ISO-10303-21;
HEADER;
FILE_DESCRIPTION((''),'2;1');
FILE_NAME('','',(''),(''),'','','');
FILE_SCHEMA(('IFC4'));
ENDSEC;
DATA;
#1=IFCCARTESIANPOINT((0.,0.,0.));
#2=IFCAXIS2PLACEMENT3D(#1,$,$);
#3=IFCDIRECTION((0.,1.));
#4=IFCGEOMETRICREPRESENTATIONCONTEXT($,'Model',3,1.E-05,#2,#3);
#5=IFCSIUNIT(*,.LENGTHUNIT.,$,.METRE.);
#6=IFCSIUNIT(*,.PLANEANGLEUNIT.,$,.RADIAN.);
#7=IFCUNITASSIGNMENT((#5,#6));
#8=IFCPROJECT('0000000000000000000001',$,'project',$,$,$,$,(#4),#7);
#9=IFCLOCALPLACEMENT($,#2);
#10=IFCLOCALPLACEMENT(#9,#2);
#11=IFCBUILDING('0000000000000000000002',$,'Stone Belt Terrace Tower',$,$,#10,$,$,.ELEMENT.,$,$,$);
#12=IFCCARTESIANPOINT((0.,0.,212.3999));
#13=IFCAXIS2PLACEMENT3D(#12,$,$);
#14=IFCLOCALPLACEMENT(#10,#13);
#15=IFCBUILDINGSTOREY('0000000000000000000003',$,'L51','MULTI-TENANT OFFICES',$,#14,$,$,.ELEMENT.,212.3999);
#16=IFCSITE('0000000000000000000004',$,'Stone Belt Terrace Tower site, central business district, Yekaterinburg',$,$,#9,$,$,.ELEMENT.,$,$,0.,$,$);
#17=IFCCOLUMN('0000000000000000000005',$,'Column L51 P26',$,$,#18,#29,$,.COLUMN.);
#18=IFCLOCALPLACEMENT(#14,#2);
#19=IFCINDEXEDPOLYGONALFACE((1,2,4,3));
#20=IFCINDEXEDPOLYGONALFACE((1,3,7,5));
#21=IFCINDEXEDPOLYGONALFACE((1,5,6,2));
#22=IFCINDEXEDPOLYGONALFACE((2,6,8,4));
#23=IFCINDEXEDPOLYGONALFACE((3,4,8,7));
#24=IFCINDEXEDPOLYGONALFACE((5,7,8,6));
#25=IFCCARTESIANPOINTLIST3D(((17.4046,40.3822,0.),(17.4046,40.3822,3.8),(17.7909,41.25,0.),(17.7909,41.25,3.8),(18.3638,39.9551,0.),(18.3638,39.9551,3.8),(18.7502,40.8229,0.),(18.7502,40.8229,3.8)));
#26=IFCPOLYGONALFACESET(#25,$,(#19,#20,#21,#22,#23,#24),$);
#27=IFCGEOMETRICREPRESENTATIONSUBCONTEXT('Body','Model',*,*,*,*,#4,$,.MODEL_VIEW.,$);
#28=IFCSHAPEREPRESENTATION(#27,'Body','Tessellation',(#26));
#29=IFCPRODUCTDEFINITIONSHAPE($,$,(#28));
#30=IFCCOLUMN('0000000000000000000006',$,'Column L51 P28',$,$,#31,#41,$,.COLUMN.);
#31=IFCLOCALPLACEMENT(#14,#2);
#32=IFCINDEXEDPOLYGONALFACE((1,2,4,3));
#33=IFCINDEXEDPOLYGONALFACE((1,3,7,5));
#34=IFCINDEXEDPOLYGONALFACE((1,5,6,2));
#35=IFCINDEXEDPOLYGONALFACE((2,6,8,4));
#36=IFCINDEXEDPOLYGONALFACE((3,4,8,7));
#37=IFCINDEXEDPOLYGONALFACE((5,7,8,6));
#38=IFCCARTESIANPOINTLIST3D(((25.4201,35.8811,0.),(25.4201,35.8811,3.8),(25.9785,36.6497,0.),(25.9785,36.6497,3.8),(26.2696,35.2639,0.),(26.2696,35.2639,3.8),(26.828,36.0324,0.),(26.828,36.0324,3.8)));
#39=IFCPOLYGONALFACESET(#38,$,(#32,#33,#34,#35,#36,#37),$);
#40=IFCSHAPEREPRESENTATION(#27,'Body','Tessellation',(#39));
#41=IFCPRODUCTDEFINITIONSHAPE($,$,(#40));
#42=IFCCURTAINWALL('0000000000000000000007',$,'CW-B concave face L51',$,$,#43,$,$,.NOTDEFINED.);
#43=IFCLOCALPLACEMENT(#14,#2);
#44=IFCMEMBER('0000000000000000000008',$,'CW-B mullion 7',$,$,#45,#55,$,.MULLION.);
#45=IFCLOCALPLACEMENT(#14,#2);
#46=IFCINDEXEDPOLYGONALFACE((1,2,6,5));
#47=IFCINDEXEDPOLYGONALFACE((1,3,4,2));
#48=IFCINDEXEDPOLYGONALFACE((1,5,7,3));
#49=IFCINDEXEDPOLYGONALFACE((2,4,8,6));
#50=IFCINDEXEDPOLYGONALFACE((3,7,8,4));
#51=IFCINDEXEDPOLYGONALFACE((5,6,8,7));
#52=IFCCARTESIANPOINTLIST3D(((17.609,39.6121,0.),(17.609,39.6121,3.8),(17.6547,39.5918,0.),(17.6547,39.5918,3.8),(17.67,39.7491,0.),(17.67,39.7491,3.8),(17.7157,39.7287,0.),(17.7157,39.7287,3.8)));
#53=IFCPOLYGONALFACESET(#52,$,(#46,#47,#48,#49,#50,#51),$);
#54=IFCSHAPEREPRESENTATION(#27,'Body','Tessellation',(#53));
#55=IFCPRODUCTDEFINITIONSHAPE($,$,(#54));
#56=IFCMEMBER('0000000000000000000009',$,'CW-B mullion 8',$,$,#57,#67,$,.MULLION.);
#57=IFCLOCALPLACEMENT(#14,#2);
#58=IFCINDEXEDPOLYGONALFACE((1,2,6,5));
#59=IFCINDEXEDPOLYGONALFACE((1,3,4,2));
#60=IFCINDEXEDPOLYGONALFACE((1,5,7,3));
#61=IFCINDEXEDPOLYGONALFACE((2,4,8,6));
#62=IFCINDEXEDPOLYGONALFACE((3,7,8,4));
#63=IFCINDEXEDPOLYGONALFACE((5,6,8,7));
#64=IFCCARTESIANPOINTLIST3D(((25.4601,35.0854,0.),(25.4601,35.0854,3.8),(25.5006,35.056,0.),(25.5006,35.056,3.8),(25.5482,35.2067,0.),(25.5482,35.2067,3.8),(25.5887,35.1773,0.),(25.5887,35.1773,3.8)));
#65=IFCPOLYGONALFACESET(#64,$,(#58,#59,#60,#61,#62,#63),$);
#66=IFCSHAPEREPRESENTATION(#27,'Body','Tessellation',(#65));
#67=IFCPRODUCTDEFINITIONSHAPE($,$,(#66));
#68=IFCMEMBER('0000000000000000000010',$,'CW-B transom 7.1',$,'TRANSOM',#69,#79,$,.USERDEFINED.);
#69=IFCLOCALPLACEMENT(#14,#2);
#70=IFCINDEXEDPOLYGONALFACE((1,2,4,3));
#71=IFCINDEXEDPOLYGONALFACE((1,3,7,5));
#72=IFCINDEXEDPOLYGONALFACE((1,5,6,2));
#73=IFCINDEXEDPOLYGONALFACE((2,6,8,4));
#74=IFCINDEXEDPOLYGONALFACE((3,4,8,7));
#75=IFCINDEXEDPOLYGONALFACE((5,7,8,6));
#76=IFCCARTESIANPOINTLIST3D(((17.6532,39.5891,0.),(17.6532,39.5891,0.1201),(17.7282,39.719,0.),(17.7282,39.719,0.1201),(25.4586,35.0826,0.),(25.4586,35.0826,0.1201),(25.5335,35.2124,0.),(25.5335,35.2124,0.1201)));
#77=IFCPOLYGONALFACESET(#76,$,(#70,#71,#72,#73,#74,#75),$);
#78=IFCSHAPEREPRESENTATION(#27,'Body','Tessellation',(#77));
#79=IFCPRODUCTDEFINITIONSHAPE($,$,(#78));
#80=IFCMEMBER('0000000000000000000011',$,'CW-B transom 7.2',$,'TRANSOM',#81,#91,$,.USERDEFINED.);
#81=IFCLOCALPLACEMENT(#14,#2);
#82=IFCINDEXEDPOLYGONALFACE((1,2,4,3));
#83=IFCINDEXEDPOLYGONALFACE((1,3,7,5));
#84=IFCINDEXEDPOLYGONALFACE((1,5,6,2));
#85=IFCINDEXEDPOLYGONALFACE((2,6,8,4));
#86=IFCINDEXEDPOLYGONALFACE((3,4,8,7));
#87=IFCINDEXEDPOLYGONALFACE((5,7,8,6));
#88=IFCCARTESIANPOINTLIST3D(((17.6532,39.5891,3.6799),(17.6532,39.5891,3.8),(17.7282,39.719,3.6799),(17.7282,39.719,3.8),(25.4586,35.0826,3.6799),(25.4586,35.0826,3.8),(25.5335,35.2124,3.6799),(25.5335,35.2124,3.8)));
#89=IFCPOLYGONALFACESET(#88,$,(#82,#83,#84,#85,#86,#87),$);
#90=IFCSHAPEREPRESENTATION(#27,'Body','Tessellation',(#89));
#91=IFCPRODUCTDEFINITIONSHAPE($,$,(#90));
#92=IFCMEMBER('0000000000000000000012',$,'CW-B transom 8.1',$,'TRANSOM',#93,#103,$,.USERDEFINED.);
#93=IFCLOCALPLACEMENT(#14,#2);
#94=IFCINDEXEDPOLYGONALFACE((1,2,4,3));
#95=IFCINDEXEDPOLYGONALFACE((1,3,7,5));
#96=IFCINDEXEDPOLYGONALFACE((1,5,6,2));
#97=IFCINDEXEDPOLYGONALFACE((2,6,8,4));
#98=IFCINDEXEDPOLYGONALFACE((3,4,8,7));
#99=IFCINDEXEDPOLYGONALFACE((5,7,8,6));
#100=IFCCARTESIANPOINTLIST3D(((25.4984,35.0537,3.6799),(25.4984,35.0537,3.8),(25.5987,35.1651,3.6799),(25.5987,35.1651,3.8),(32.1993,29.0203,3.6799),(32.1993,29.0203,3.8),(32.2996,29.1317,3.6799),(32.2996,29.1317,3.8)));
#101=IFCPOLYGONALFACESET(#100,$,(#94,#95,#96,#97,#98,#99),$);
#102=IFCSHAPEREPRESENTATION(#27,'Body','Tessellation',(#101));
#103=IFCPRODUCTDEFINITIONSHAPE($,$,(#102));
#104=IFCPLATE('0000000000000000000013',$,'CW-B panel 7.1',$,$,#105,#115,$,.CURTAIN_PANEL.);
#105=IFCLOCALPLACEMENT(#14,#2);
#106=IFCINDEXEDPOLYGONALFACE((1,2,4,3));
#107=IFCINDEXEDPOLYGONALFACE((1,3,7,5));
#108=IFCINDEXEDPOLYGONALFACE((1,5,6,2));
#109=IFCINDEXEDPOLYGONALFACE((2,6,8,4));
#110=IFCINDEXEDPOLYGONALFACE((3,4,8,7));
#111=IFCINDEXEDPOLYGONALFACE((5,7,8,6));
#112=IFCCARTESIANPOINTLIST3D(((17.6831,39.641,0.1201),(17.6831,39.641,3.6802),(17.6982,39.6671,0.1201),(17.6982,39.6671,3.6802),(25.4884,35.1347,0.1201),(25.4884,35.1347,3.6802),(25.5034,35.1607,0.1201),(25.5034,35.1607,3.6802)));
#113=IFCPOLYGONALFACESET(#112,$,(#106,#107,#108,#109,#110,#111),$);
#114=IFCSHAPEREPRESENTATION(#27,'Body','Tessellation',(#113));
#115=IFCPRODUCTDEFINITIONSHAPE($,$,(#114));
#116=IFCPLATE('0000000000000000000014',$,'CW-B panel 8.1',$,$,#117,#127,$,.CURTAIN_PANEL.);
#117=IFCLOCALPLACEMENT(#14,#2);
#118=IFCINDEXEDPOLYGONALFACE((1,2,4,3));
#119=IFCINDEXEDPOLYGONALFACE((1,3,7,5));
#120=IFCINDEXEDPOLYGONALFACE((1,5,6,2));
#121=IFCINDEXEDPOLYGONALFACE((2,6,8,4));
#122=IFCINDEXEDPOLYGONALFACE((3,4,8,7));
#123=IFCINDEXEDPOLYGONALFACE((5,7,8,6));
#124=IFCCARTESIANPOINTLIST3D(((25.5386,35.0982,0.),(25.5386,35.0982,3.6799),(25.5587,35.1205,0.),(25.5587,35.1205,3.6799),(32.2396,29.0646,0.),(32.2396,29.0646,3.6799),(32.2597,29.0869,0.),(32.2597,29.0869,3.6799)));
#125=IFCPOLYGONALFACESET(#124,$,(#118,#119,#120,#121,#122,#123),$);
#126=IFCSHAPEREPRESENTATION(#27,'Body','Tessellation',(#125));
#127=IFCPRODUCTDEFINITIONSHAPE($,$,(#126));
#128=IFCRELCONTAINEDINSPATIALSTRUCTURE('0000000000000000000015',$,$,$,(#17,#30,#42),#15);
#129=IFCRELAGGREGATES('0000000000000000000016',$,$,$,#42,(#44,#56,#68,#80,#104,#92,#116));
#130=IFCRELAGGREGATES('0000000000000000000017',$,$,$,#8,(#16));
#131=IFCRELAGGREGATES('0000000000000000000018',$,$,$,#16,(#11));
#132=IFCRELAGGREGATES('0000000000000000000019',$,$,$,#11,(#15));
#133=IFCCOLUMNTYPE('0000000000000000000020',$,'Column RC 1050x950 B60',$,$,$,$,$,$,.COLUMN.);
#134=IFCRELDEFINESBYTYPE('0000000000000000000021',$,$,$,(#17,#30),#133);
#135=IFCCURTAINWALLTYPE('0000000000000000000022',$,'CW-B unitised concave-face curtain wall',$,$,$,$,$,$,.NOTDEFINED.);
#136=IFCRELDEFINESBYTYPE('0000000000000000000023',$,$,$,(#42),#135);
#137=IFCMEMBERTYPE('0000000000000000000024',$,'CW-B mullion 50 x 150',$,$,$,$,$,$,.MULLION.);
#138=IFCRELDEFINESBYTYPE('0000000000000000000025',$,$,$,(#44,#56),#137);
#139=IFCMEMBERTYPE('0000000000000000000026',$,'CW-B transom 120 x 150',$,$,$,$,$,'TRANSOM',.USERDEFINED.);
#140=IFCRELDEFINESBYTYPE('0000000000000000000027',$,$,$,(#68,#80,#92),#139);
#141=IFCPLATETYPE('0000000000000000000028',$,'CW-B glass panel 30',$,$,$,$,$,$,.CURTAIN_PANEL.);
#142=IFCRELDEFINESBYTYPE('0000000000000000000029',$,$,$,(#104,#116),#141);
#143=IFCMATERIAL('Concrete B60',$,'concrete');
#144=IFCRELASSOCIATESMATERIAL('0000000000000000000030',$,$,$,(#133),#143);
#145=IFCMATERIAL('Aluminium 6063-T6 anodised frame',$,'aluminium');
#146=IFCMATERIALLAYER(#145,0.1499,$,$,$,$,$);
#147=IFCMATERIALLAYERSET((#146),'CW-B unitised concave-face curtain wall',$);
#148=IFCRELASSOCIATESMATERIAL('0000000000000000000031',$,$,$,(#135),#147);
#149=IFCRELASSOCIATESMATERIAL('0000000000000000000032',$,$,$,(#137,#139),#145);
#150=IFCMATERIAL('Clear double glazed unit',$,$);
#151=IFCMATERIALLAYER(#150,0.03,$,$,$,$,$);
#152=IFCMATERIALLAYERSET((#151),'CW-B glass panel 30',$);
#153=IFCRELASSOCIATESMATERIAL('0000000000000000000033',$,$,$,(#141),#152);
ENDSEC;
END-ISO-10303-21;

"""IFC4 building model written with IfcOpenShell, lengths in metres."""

from ifc_helpers import new_model, si_unit, direction, frame, origin, origin_2d, place, context, subcontext, project, spatial, rectangle, extrude, material, layer, layer_set, material_profile, profile_set, type_object, element, aggregate, save


model = new_model("IFC4")

# Units and contexts
model_context = context("Model", 3, precision=1e-05, world=origin(), true_north=direction((0.0, 1.0)))
body_context = subcontext(model_context, "Body", "Model", "MODEL_VIEW")
ifc_project = project(units=[si_unit("LENGTHUNIT", "METRE"), si_unit("PLANEANGLEUNIT", "RADIAN")], contexts=[model_context])

# Site, building, storey
site_placement = place(None, origin())
site = spatial("IfcSite", under=ifc_project, at=site_placement, Name="Stone Belt Terrace Tower site, central business district, Yekaterinburg", CompositionType="ELEMENT", RefElevation=0.0)
building_placement = place(site_placement, origin())
building = spatial("IfcBuilding", under=site, at=building_placement, Name="Stone Belt Terrace Tower", CompositionType="ELEMENT")
storey_placement = place(building_placement, frame((0.0, 0.0, 212.3999)))
storey = spatial("IfcBuildingStorey", under=building, at=storey_placement, Name="L51", Description="MULTI-TENANT OFFICES", CompositionType="ELEMENT", Elevation=212.3999)

# Columns
ifc_material_1 = material(Name="Concrete B60", Category="concrete")
ifc_material_profile_1 = material_profile(ifc_material_1, rectangle(XDim=1.05, YDim=0.95, at=origin_2d()), Name="RC 1050x950")
ifc_profile_set_1 = profile_set([ifc_material_profile_1], Name="Concrete B60")
column_type = type_object("IfcColumnType", Name="Column RC 1050x950 B60", PredefinedType="COLUMN", material=ifc_profile_set_1)
for number, where, z_axis, x_axis, name in (
    (1, (18.0774, 40.6025, 0.0), (0.0, 0.0, 1.0), (0.913545, -0.406737, 0.0), "Column L51 P26"),
    (2, (26.124, 35.9568, 0.0), (0.0, 0.0, 1.0), (0.809017, -0.587785, 0.0), "Column L51 P28"),
):
    element("IfcColumn", number, at=place(storey_placement, frame(where, z_axis=z_axis, x_axis=x_axis)), inside=storey, type_object=column_type, Name=name, PredefinedType="COLUMN", context=body_context, shape_type="SweptSolid", body=[
        extrude(rectangle(XDim=1.05, YDim=0.95, at=origin_2d()), origin(), (0.0, 0.0, 1.0), 3.8),
    ])

# Curtain wall, members, plates
ifc_material_2 = material(Name="Aluminium 6063-T6 anodised frame", Category="aluminium")
ifc_layer_1 = layer(ifc_material_2, 0.1499)
ifc_layer_set_1 = layer_set([ifc_layer_1], Name="CW-B unitised concave-face curtain wall")
curtain_wall_type = type_object("IfcCurtainWallType", Name="CW-B unitised concave-face curtain wall", PredefinedType="NOTDEFINED", material=ifc_layer_set_1)
curtain_wall_placement = place(storey_placement, origin())
curtain_wall = element("IfcCurtainWall", 3, at=curtain_wall_placement, inside=storey, type_object=curtain_wall_type, Name="CW-B concave face L51", PredefinedType="NOTDEFINED")
ifc_material_profile_2 = material_profile(ifc_material_2, rectangle(XDim=0.1499, YDim=0.05, at=origin_2d()), Name="Aluminium 6063-T6 50x150")
ifc_profile_set_2 = profile_set([ifc_material_profile_2], Name="Aluminium 6063-T6 anodised frame")
member_type_1 = type_object("IfcMemberType", Name="CW-B mullion 50 x 150", PredefinedType="MULLION", material=ifc_profile_set_2)
member_1_placement = place(storey_placement, frame((17.6624, 39.6704, 0.0), z_axis=(0.0, 0.0, 1.0), x_axis=(0.406737, 0.913545, 0.0)))
member_1 = element("IfcMember", 4, at=member_1_placement, type_object=member_type_1, Name="CW-B mullion 7", PredefinedType="MULLION", context=body_context, shape_type="SweptSolid", body=[
    extrude(rectangle(XDim=0.1499, YDim=0.05, at=origin_2d()), origin(), (0.0, 0.0, 1.0), 3.8),
])
member_2_placement = place(storey_placement, frame((25.5244, 35.1313, 0.0), z_axis=(0.0, 0.0, 1.0), x_axis=(0.587785, 0.809017, 0.0)))
member_2 = element("IfcMember", 5, at=member_2_placement, type_object=member_type_1, Name="CW-B mullion 8", PredefinedType="MULLION", context=body_context, shape_type="SweptSolid", body=[
    extrude(rectangle(XDim=0.1499, YDim=0.05, at=origin_2d()), origin(), (0.0, 0.0, 1.0), 3.8),
])
ifc_material_profile_3 = material_profile(ifc_material_2, rectangle(XDim=0.1499, YDim=0.1201, at=origin_2d()), Name="Aluminium 6063-T6 150x120")
ifc_profile_set_3 = profile_set([ifc_material_profile_3], Name="Aluminium 6063-T6 anodised frame")
member_type_2 = type_object("IfcMemberType", Name="CW-B transom 120 x 150", ElementType="TRANSOM", PredefinedType="USERDEFINED", material=ifc_profile_set_3)
member_3_placement = place(storey_placement, frame((17.6907, 39.6541, 0.0601), z_axis=(0.866019, -0.500011, 0.0), x_axis=(0.500011, 0.866019, 0.0)))
member_3 = element("IfcMember", 6, at=member_3_placement, type_object=member_type_2, Name="CW-B transom 7.1", ObjectType="TRANSOM", PredefinedType="USERDEFINED", context=body_context, shape_type="SweptSolid", body=[
    extrude(rectangle(XDim=0.1499, YDim=0.1201, at=origin_2d()), origin(), (0.0, 0.0, 1.0), 9.0129),
])
member_4_placement = place(storey_placement, frame((17.6907, 39.6541, 3.74), z_axis=(0.866019, -0.500011, 0.0), x_axis=(0.500011, 0.866019, 0.0)))
member_4 = element("IfcMember", 7, at=member_4_placement, type_object=member_type_2, Name="CW-B transom 7.2", ObjectType="TRANSOM", PredefinedType="USERDEFINED", context=body_context, shape_type="SweptSolid", body=[
    extrude(rectangle(XDim=0.1499, YDim=0.1201, at=origin_2d()), origin(), (0.0, 0.0, 1.0), 9.0129),
])
member_5_placement = place(storey_placement, frame((25.5486, 35.1094, 3.74), z_axis=(0.74315, -0.669125, 0.0), x_axis=(0.669125, 0.74315, 0.0)))
member_5 = element("IfcMember", 8, at=member_5_placement, type_object=member_type_2, Name="CW-B transom 8.1", ObjectType="TRANSOM", PredefinedType="USERDEFINED", context=body_context, shape_type="SweptSolid", body=[
    extrude(rectangle(XDim=0.1499, YDim=0.1201, at=origin_2d()), origin(), (0.0, 0.0, 1.0), 9.0168),
])
ifc_material_3 = material(Name="Clear double glazed unit")
ifc_layer_2 = layer(ifc_material_3, 0.03)
ifc_layer_set_2 = layer_set([ifc_layer_2], Name="CW-B glass panel 30")
plate_type = type_object("IfcPlateType", Name="CW-B glass panel 30", PredefinedType="CURTAIN_PANEL", material=ifc_layer_set_2)
plate_1_placement = place(storey_placement, frame((21.5933, 37.4009, 0.1201), z_axis=(0.0, 0.0, 1.0), x_axis=(0.866025, -0.5, 0.0)))
plate_1 = element("IfcPlate", 9, at=plate_1_placement, type_object=plate_type, Name="CW-B panel 7.1", PredefinedType="CURTAIN_PANEL", context=body_context, shape_type="SweptSolid", body=[
    extrude(rectangle(XDim=9.0127, YDim=0.03, at=origin_2d()), origin(), (0.0, 0.0, 1.0), 3.5601),
])
plate_2_placement = place(storey_placement, frame((28.8992, 32.0925, 0.0), z_axis=(0.0, 0.0, 1.0), x_axis=(0.743145, -0.669131, 0.0)))
plate_2 = element("IfcPlate", 10, at=plate_2_placement, type_object=plate_type, Name="CW-B panel 8.1", PredefinedType="CURTAIN_PANEL", context=body_context, shape_type="SweptSolid", body=[
    extrude(rectangle(XDim=9.0171, YDim=0.03, at=origin_2d()), origin(), (0.0, 0.0, 1.0), 3.6799),
])
aggregate(curtain_wall, [member_1, member_2, member_3, member_4, plate_1, member_5, plate_2])

save(model, "model.ifc")
